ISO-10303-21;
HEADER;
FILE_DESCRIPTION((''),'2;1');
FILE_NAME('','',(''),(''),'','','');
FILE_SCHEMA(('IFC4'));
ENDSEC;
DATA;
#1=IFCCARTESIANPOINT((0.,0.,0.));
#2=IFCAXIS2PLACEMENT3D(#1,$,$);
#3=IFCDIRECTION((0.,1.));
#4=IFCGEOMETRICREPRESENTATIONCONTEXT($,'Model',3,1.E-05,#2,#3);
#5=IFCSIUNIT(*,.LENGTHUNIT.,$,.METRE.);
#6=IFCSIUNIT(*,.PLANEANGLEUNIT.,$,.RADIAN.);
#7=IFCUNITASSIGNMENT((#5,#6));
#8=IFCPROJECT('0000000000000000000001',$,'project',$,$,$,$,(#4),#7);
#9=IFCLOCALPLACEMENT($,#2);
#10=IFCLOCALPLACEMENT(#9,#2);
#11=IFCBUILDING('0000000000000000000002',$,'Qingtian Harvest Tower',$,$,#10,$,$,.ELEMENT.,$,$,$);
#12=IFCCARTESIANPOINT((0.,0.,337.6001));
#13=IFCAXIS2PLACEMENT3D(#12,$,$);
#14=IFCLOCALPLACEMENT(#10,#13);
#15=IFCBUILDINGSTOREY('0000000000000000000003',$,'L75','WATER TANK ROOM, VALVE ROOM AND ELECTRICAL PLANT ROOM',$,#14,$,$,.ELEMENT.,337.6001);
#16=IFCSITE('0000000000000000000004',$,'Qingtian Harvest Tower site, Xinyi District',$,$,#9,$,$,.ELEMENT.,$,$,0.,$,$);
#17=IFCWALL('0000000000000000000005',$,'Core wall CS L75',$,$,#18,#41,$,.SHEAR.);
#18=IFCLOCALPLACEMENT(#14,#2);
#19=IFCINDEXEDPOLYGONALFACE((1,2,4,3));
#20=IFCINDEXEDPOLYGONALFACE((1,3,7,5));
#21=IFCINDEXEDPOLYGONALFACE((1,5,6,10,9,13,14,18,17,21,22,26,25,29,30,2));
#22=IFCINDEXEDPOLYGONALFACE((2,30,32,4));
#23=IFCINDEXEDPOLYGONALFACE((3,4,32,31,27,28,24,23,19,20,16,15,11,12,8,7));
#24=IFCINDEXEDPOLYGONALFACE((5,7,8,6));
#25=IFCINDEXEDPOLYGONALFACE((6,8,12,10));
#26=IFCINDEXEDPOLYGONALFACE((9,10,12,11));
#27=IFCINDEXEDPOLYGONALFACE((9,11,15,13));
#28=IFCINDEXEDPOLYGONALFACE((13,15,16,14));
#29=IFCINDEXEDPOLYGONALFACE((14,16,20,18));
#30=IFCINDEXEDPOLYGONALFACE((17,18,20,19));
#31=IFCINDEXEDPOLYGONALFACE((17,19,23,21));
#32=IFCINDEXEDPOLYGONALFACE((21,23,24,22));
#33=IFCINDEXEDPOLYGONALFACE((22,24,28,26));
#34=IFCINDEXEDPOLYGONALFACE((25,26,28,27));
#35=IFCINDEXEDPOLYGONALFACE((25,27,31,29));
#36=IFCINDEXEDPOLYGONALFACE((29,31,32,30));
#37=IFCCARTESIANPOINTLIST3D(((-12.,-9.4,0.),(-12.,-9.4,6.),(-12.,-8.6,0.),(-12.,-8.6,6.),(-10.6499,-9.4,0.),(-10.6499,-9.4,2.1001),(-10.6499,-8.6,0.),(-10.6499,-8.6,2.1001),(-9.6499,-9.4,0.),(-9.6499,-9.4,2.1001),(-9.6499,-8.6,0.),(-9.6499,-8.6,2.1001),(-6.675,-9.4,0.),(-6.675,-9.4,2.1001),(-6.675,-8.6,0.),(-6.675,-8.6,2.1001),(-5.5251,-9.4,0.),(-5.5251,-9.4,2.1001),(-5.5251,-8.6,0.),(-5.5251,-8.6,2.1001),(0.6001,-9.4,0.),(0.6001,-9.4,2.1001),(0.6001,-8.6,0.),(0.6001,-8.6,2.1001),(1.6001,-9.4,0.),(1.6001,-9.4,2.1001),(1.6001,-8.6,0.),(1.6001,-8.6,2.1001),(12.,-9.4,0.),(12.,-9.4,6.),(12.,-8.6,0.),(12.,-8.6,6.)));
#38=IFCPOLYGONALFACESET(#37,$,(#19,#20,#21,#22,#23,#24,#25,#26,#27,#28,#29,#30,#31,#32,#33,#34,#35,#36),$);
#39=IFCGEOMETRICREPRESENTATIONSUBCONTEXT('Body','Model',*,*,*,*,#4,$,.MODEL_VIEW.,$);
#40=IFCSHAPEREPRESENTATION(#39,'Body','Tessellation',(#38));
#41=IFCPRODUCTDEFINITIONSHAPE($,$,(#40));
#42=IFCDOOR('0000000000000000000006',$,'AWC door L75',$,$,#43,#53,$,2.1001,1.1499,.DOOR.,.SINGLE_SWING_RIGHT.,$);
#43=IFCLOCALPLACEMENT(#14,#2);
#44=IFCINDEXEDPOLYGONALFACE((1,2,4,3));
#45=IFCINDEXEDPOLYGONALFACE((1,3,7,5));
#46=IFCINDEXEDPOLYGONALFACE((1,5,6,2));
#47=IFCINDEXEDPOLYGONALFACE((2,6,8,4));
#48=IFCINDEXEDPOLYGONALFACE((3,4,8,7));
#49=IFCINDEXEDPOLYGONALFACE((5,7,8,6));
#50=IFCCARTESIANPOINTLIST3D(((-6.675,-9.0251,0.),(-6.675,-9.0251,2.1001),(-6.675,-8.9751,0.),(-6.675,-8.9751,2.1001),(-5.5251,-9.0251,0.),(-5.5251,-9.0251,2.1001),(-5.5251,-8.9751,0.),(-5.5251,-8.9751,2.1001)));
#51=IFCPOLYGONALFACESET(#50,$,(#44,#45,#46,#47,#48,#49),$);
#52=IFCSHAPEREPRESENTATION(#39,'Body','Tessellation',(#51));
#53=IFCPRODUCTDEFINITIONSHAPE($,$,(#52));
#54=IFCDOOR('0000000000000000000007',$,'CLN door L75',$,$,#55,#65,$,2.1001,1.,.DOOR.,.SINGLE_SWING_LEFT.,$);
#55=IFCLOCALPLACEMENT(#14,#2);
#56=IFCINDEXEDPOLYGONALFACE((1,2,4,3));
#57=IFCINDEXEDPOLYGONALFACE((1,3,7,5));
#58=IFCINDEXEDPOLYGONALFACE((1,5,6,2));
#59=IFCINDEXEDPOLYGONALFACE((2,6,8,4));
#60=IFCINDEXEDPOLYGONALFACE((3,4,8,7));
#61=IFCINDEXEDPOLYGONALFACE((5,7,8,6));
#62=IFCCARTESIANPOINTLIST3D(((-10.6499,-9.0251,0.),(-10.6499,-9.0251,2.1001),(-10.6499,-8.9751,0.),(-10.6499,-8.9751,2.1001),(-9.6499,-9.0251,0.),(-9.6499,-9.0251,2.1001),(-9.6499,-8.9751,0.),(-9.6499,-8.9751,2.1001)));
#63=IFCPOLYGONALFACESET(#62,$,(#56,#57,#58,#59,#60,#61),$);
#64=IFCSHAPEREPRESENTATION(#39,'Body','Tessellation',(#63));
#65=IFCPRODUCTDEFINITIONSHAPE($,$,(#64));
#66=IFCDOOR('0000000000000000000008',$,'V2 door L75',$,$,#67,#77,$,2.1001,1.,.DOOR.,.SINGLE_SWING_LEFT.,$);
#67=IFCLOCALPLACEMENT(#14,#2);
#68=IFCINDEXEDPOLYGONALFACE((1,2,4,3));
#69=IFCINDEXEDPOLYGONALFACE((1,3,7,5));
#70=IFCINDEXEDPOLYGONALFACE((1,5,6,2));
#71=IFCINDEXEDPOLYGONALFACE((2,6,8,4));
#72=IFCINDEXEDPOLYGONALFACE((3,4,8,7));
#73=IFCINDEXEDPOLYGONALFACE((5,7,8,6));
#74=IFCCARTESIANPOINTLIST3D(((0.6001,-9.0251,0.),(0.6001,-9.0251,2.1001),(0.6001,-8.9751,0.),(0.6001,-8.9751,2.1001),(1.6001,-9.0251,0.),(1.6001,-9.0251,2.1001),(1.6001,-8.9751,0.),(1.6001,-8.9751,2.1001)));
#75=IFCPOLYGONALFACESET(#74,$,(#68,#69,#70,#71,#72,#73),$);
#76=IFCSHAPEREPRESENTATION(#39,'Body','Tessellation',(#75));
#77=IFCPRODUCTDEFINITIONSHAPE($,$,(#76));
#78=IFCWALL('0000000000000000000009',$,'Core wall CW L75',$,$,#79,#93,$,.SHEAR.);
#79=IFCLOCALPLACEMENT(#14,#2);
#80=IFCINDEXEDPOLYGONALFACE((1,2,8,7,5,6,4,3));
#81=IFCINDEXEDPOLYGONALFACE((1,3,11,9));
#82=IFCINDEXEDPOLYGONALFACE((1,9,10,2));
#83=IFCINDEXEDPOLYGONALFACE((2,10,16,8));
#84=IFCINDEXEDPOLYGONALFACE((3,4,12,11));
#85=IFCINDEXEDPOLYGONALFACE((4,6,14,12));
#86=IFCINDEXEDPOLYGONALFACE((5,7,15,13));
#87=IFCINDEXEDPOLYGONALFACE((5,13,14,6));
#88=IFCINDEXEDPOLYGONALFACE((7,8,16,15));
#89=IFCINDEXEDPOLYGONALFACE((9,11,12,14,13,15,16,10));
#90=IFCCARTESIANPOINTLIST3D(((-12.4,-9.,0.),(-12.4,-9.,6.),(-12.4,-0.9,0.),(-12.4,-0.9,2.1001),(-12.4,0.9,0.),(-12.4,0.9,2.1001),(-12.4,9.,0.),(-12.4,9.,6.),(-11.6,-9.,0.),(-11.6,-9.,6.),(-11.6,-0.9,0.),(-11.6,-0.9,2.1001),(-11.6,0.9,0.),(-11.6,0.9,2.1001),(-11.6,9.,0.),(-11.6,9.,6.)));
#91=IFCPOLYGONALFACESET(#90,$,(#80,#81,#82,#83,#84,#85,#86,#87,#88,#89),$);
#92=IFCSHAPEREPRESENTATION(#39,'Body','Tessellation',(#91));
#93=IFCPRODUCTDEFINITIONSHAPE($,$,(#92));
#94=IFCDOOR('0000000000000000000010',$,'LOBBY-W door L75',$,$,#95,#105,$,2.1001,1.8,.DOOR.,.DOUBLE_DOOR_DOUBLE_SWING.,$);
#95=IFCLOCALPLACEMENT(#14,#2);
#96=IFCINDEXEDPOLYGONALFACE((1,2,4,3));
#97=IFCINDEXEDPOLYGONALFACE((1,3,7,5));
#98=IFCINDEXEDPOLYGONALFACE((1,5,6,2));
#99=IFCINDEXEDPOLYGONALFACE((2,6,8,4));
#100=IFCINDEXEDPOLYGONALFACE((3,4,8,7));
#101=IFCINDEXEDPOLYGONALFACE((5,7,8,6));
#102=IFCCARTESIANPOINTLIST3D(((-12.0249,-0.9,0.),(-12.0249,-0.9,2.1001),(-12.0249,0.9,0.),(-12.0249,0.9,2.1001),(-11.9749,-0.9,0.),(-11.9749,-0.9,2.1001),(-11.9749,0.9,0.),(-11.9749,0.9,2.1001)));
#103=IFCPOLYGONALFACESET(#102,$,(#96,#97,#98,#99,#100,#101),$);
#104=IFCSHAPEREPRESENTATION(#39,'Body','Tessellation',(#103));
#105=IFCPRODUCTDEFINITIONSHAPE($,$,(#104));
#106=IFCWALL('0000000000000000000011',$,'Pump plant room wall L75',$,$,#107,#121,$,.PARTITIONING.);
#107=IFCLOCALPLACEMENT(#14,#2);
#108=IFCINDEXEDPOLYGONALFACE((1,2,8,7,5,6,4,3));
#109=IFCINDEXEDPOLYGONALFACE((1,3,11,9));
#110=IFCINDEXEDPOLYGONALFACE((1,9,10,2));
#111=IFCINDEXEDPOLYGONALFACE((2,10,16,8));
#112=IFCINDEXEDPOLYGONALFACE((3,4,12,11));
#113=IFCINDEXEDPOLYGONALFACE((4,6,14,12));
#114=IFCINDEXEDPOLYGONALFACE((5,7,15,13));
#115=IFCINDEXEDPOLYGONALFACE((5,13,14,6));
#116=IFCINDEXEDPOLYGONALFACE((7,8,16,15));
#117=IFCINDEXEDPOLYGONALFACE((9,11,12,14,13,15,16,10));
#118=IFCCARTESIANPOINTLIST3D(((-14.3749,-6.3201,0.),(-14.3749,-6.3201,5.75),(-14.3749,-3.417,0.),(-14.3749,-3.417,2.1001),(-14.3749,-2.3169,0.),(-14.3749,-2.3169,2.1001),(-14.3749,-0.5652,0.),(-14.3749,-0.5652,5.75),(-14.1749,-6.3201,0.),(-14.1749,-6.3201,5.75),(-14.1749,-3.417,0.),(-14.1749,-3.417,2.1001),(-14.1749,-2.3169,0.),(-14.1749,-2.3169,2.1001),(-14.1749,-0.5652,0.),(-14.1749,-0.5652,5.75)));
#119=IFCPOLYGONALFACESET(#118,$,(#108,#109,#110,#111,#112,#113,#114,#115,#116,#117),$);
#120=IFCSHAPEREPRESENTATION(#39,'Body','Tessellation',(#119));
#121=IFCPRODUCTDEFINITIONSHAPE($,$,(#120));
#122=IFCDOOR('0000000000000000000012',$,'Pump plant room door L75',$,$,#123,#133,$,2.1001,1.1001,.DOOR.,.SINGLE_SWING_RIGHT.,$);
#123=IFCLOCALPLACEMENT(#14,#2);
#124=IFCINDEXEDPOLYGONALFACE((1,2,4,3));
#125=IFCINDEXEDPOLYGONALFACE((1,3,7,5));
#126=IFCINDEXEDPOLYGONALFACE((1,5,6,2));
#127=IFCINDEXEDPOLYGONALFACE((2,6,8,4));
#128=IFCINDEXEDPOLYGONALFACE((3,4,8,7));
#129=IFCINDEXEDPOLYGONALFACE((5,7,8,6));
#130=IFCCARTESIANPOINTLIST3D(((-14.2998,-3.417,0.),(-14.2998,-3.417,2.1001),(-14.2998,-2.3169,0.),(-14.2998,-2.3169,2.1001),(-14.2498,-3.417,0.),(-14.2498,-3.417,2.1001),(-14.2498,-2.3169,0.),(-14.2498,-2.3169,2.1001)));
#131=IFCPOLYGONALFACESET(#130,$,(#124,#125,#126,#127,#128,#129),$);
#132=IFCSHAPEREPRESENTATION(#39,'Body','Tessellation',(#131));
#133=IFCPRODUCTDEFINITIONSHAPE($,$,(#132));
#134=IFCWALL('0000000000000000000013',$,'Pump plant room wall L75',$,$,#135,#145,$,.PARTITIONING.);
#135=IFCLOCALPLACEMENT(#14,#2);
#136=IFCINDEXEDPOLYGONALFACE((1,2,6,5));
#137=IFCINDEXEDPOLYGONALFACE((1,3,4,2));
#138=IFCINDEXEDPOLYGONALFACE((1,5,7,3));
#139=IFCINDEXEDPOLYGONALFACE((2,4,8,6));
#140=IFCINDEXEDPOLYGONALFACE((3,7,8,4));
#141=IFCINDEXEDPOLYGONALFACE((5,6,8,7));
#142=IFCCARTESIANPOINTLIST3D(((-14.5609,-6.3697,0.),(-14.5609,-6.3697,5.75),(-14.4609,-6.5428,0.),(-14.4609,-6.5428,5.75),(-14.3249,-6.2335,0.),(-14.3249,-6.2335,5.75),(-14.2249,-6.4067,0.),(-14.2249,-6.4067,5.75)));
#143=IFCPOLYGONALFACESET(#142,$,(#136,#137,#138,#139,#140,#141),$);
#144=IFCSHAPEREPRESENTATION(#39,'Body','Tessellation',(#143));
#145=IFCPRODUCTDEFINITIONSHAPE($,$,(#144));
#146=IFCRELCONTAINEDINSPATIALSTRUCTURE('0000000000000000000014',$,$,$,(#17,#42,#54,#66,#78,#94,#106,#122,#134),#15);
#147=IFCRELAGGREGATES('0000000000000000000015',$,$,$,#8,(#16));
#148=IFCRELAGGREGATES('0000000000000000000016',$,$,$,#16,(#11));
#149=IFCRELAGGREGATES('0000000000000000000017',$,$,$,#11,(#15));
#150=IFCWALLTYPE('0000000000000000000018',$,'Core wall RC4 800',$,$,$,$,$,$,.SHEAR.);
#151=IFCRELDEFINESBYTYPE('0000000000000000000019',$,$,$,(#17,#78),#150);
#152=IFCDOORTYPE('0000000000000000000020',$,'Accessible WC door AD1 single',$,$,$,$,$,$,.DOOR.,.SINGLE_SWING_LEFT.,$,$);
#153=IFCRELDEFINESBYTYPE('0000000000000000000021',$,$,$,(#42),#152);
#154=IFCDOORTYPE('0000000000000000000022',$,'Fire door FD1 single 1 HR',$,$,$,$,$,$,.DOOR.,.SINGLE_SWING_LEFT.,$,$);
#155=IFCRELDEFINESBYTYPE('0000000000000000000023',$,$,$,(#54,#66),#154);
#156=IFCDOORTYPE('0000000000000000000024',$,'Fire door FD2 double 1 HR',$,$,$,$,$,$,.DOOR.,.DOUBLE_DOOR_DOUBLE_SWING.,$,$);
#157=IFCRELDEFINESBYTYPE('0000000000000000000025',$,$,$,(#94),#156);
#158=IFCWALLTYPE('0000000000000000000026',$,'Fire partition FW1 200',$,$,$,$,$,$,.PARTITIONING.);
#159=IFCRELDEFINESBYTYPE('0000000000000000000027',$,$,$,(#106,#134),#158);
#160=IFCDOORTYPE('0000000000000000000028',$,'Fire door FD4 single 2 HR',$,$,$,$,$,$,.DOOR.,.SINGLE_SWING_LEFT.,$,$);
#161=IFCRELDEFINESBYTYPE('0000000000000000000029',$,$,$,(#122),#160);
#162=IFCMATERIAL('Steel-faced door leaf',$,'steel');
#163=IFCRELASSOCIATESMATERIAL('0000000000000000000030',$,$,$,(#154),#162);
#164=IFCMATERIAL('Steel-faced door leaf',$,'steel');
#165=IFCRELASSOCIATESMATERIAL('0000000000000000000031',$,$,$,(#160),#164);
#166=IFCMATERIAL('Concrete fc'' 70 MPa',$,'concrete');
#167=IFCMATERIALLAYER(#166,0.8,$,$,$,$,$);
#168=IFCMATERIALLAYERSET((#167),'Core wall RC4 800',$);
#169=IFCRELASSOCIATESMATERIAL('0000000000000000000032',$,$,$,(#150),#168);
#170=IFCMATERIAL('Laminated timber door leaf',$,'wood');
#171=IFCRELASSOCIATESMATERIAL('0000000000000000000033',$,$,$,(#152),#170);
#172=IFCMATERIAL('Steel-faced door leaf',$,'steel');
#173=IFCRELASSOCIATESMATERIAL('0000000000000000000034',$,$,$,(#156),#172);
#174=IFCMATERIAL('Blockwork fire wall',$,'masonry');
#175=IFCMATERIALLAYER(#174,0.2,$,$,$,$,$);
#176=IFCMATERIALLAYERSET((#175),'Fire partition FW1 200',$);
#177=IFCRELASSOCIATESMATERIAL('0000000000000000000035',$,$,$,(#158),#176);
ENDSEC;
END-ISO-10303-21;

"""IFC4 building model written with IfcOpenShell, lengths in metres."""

from ifc_helpers import new_model, si_unit, direction, frame, frame_2d, origin, place, context, subcontext, project, spatial, rectangle, extrude, material, layer, layer_set, type_object, element, fill, save


model = new_model("IFC4")

# Units and contexts
model_context = context("Model", 3, precision=1e-05, world=origin(), true_north=direction((0.0, 1.0)))
body_context = subcontext(model_context, "Body", "Model", "MODEL_VIEW")
ifc_project = project(units=[si_unit("LENGTHUNIT", "METRE"), si_unit("PLANEANGLEUNIT", "RADIAN")], contexts=[model_context])

# Site, building, storey
site_placement = place(None, origin())
site = spatial("IfcSite", under=ifc_project, at=site_placement, Name="Qingtian Harvest Tower site, Xinyi District", CompositionType="ELEMENT", RefElevation=0.0)
building_placement = place(site_placement, origin())
building = spatial("IfcBuilding", under=site, at=building_placement, Name="Qingtian Harvest Tower", CompositionType="ELEMENT")
storey_placement = place(building_placement, frame((0.0, 0.0, 337.6001)))
storey = spatial("IfcBuildingStorey", under=building, at=storey_placement, Name="L75", Description="WATER TANK ROOM, VALVE ROOM AND ELECTRICAL PLANT ROOM", CompositionType="ELEMENT", Elevation=337.6001)

# Wall, openings, doors
ifc_material_1 = material(Name="Steel-faced door leaf", Category="steel")
door_type_1 = type_object("IfcDoorType", Name="Fire door FD1 single 1 HR", OperationType="SINGLE_SWING_LEFT", PredefinedType="DOOR", material=ifc_material_1)
ifc_material_2 = material(Name="Steel-faced door leaf", Category="steel")
door_type_2 = type_object("IfcDoorType", Name="Fire door FD4 single 2 HR", OperationType="SINGLE_SWING_LEFT", PredefinedType="DOOR", material=ifc_material_2)
ifc_material_3 = material(Name="Concrete fc' 70 MPa", Category="concrete")
ifc_layer_1 = layer(ifc_material_3, 0.8)
ifc_layer_set_1 = layer_set([ifc_layer_1], Name="Core wall RC4 800")
wall_type_1 = type_object("IfcWallType", Name="Core wall RC4 800", PredefinedType="SHEAR", material=ifc_layer_set_1)
wall_1_placement = place(storey_placement, frame((-12.0, -9.0, 0.0), z_axis=(0.0, 0.0, 1.0), x_axis=(1.0, 0.0, 0.0)))
wall_1 = element("IfcWall", 1, at=wall_1_placement, inside=storey, type_object=wall_type_1, Name="Core wall CS L75", PredefinedType="SHEAR", context=body_context, shape_type="SweptSolid", body=[
    extrude(rectangle(XDim=24.0, YDim=0.8, at=frame_2d((12.0, 0.0))), origin(), (0.0, 0.0, 1.0), 6.0),
])
opening_1_placement = place(wall_1_placement, frame((1.3501, 0.0, 0.0)))
opening_1 = element("IfcOpeningElement", 2, at=opening_1_placement, cuts=wall_1, PredefinedType="OPENING", context=body_context, shape_type="SweptSolid", body=[
    extrude(rectangle(XDim=1.0, YDim=2.1001, at=frame_2d((0.5, 1.05))), frame((0.0, 0.4099, 0.0), z_axis=(0.0, -1.0, 0.0), x_axis=(1.0, 0.0, 0.0)), (0.0, 0.0, 1.0), 0.8201),
])
opening_2_placement = place(wall_1_placement, frame((5.325, 0.0, 0.0)))
opening_2 = element("IfcOpeningElement", 3, at=opening_2_placement, cuts=wall_1, PredefinedType="OPENING", context=body_context, shape_type="SweptSolid", body=[
    extrude(rectangle(XDim=1.1499, YDim=2.1001, at=frame_2d((0.575, 1.05))), frame((0.0, 0.4099, 0.0), z_axis=(0.0, -1.0, 0.0), x_axis=(1.0, 0.0, 0.0)), (0.0, 0.0, 1.0), 0.8201),
])
opening_3_placement = place(wall_1_placement, frame((12.6001, 0.0, 0.0)))
opening_3 = element("IfcOpeningElement", 4, at=opening_3_placement, cuts=wall_1, PredefinedType="OPENING", context=body_context, shape_type="SweptSolid", body=[
    extrude(rectangle(XDim=1.0, YDim=2.1001, at=frame_2d((0.5, 1.05))), frame((0.0, 0.4099, 0.0), z_axis=(0.0, -1.0, 0.0), x_axis=(1.0, 0.0, 0.0)), (0.0, 0.0, 1.0), 0.8201),
])
ifc_material_4 = material(Name="Laminated timber door leaf", Category="wood")
door_type_3 = type_object("IfcDoorType", Name="Accessible WC door AD1 single", OperationType="SINGLE_SWING_LEFT", PredefinedType="DOOR", material=ifc_material_4)
door_1_placement = place(opening_2_placement, origin())
door_1 = element("IfcDoor", 5, at=door_1_placement, inside=storey, type_object=door_type_3, Name="AWC door L75", OperationType="SINGLE_SWING_RIGHT", OverallHeight=2.1001, OverallWidth=1.1499, PredefinedType="DOOR", context=body_context, shape_type="SweptSolid", body=[
    extrude(rectangle(XDim=1.1499, YDim=2.1001, at=frame_2d((0.575, 1.05))), frame((0.0, 0.0249, 0.0), z_axis=(0.0, -1.0, 0.0), x_axis=(1.0, 0.0, 0.0)), (0.0, 0.0, 1.0), 0.05),
])
fill(opening_2, door_1)
door_2_placement = place(opening_1_placement, origin())
door_2 = element("IfcDoor", 6, at=door_2_placement, inside=storey, type_object=door_type_1, Name="CLN door L75", OperationType="SINGLE_SWING_LEFT", OverallHeight=2.1001, OverallWidth=1.0, PredefinedType="DOOR", context=body_context, shape_type="SweptSolid", body=[
    extrude(rectangle(XDim=1.0, YDim=2.1001, at=frame_2d((0.5, 1.05))), frame((0.0, 0.0249, 0.0), z_axis=(0.0, -1.0, 0.0), x_axis=(1.0, 0.0, 0.0)), (0.0, 0.0, 1.0), 0.05),
])
fill(opening_1, door_2)
door_3_placement = place(opening_3_placement, origin())
door_3 = element("IfcDoor", 7, at=door_3_placement, inside=storey, type_object=door_type_1, Name="V2 door L75", OperationType="SINGLE_SWING_LEFT", OverallHeight=2.1001, OverallWidth=1.0, PredefinedType="DOOR", context=body_context, shape_type="SweptSolid", body=[
    extrude(rectangle(XDim=1.0, YDim=2.1001, at=frame_2d((0.5, 1.05))), frame((0.0, 0.0249, 0.0), z_axis=(0.0, -1.0, 0.0), x_axis=(1.0, 0.0, 0.0)), (0.0, 0.0, 1.0), 0.05),
])
fill(opening_3, door_3)

# Walls, openings, doors
wall_2_placement = place(storey_placement, frame((-12.0, -9.0, 0.0), z_axis=(0.0, 0.0, 1.0), x_axis=(0.0, 1.0, 0.0)))
wall_2 = element("IfcWall", 8, at=wall_2_placement, inside=storey, type_object=wall_type_1, Name="Core wall CW L75", PredefinedType="SHEAR", context=body_context, shape_type="SweptSolid", body=[
    extrude(rectangle(XDim=18.0, YDim=0.8, at=frame_2d((9.0, 0.0))), origin(), (0.0, 0.0, 1.0), 6.0),
])
opening_4_placement = place(wall_2_placement, frame((8.1001, 0.0, 0.0)))
opening_4 = element("IfcOpeningElement", 9, at=opening_4_placement, cuts=wall_2, PredefinedType="OPENING", context=body_context, shape_type="SweptSolid", body=[
    extrude(rectangle(XDim=1.8, YDim=2.1001, at=frame_2d((0.8999, 1.05))), frame((0.0, 0.4099, 0.0), z_axis=(0.0, -1.0, 0.0), x_axis=(1.0, 0.0, 0.0)), (0.0, 0.0, 1.0), 0.8201),
])
ifc_material_5 = material(Name="Steel-faced door leaf", Category="steel")
door_type_4 = type_object("IfcDoorType", Name="Fire door FD2 double 1 HR", OperationType="DOUBLE_DOOR_DOUBLE_SWING", PredefinedType="DOOR", material=ifc_material_5)
door_4_placement = place(opening_4_placement, origin())
door_4 = element("IfcDoor", 10, at=door_4_placement, inside=storey, type_object=door_type_4, Name="LOBBY-W door L75", OperationType="DOUBLE_DOOR_DOUBLE_SWING", OverallHeight=2.1001, OverallWidth=1.8, PredefinedType="DOOR", context=body_context, shape_type="SweptSolid", body=[
    extrude(rectangle(XDim=1.8, YDim=2.1001, at=frame_2d((0.8999, 1.05))), frame((0.0, 0.0249, 0.0), z_axis=(0.0, -1.0, 0.0), x_axis=(1.0, 0.0, 0.0)), (0.0, 0.0, 1.0), 0.05),
])
fill(opening_4, door_4)
ifc_material_6 = material(Name="Blockwork fire wall", Category="masonry")
ifc_layer_2 = layer(ifc_material_6, 0.2)
ifc_layer_set_2 = layer_set([ifc_layer_2], Name="Fire partition FW1 200")
wall_type_2 = type_object("IfcWallType", Name="Fire partition FW1 200", PredefinedType="PARTITIONING", material=ifc_layer_set_2)
wall_3_placement = place(storey_placement, frame((-14.2749, -6.3201, 0.0), z_axis=(0.0, 0.0, 1.0), x_axis=(0.0, 1.0, 0.0)))
wall_3 = element("IfcWall", 11, at=wall_3_placement, inside=storey, type_object=wall_type_2, Name="Pump plant room wall L75", PredefinedType="PARTITIONING", context=body_context, shape_type="SweptSolid", body=[
    extrude(rectangle(XDim=5.7549, YDim=0.2, at=frame_2d((2.8774, 0.0))), origin(), (0.0, 0.0, 1.0), 5.75),
])
opening_5_placement = place(wall_3_placement, frame((2.9031, 0.0, 0.0)))
opening_5 = element("IfcOpeningElement", 12, at=opening_5_placement, cuts=wall_3, PredefinedType="OPENING", context=body_context, shape_type="SweptSolid", body=[
    extrude(rectangle(XDim=1.1001, YDim=2.1001, at=frame_2d((0.55, 1.05))), frame((0.0, 0.1099, 0.0), z_axis=(0.0, -1.0, 0.0), x_axis=(1.0, 0.0, 0.0)), (0.0, 0.0, 1.0), 0.22),
])
door_5_placement = place(opening_5_placement, origin())
door_5 = element("IfcDoor", 13, at=door_5_placement, inside=storey, type_object=door_type_2, Name="Pump plant room door L75", OperationType="SINGLE_SWING_RIGHT", OverallHeight=2.1001, OverallWidth=1.1001, PredefinedType="DOOR", context=body_context, shape_type="SweptSolid", body=[
    extrude(rectangle(XDim=1.1001, YDim=2.1001, at=frame_2d((0.55, 1.05))), frame((0.0, 0.0249, 0.0), z_axis=(0.0, -1.0, 0.0), x_axis=(1.0, 0.0, 0.0)), (0.0, 0.0, 1.0), 0.05),
])
fill(opening_5, door_5)

# Wall
wall_4_placement = place(storey_placement, frame((-14.2749, -6.3201, 0.0), z_axis=(0.0, 0.0, 1.0), x_axis=(-0.866141, -0.4998, 0.0)))
element("IfcWall", 14, at=wall_4_placement, inside=storey, type_object=wall_type_2, Name="Pump plant room wall L75", PredefinedType="PARTITIONING", context=body_context, shape_type="SweptSolid", body=[
    extrude(rectangle(XDim=0.2725, YDim=0.2, at=frame_2d((0.1362, 0.0))), origin(), (0.0, 0.0, 1.0), 5.75),
])

save(model, "model.ifc")
